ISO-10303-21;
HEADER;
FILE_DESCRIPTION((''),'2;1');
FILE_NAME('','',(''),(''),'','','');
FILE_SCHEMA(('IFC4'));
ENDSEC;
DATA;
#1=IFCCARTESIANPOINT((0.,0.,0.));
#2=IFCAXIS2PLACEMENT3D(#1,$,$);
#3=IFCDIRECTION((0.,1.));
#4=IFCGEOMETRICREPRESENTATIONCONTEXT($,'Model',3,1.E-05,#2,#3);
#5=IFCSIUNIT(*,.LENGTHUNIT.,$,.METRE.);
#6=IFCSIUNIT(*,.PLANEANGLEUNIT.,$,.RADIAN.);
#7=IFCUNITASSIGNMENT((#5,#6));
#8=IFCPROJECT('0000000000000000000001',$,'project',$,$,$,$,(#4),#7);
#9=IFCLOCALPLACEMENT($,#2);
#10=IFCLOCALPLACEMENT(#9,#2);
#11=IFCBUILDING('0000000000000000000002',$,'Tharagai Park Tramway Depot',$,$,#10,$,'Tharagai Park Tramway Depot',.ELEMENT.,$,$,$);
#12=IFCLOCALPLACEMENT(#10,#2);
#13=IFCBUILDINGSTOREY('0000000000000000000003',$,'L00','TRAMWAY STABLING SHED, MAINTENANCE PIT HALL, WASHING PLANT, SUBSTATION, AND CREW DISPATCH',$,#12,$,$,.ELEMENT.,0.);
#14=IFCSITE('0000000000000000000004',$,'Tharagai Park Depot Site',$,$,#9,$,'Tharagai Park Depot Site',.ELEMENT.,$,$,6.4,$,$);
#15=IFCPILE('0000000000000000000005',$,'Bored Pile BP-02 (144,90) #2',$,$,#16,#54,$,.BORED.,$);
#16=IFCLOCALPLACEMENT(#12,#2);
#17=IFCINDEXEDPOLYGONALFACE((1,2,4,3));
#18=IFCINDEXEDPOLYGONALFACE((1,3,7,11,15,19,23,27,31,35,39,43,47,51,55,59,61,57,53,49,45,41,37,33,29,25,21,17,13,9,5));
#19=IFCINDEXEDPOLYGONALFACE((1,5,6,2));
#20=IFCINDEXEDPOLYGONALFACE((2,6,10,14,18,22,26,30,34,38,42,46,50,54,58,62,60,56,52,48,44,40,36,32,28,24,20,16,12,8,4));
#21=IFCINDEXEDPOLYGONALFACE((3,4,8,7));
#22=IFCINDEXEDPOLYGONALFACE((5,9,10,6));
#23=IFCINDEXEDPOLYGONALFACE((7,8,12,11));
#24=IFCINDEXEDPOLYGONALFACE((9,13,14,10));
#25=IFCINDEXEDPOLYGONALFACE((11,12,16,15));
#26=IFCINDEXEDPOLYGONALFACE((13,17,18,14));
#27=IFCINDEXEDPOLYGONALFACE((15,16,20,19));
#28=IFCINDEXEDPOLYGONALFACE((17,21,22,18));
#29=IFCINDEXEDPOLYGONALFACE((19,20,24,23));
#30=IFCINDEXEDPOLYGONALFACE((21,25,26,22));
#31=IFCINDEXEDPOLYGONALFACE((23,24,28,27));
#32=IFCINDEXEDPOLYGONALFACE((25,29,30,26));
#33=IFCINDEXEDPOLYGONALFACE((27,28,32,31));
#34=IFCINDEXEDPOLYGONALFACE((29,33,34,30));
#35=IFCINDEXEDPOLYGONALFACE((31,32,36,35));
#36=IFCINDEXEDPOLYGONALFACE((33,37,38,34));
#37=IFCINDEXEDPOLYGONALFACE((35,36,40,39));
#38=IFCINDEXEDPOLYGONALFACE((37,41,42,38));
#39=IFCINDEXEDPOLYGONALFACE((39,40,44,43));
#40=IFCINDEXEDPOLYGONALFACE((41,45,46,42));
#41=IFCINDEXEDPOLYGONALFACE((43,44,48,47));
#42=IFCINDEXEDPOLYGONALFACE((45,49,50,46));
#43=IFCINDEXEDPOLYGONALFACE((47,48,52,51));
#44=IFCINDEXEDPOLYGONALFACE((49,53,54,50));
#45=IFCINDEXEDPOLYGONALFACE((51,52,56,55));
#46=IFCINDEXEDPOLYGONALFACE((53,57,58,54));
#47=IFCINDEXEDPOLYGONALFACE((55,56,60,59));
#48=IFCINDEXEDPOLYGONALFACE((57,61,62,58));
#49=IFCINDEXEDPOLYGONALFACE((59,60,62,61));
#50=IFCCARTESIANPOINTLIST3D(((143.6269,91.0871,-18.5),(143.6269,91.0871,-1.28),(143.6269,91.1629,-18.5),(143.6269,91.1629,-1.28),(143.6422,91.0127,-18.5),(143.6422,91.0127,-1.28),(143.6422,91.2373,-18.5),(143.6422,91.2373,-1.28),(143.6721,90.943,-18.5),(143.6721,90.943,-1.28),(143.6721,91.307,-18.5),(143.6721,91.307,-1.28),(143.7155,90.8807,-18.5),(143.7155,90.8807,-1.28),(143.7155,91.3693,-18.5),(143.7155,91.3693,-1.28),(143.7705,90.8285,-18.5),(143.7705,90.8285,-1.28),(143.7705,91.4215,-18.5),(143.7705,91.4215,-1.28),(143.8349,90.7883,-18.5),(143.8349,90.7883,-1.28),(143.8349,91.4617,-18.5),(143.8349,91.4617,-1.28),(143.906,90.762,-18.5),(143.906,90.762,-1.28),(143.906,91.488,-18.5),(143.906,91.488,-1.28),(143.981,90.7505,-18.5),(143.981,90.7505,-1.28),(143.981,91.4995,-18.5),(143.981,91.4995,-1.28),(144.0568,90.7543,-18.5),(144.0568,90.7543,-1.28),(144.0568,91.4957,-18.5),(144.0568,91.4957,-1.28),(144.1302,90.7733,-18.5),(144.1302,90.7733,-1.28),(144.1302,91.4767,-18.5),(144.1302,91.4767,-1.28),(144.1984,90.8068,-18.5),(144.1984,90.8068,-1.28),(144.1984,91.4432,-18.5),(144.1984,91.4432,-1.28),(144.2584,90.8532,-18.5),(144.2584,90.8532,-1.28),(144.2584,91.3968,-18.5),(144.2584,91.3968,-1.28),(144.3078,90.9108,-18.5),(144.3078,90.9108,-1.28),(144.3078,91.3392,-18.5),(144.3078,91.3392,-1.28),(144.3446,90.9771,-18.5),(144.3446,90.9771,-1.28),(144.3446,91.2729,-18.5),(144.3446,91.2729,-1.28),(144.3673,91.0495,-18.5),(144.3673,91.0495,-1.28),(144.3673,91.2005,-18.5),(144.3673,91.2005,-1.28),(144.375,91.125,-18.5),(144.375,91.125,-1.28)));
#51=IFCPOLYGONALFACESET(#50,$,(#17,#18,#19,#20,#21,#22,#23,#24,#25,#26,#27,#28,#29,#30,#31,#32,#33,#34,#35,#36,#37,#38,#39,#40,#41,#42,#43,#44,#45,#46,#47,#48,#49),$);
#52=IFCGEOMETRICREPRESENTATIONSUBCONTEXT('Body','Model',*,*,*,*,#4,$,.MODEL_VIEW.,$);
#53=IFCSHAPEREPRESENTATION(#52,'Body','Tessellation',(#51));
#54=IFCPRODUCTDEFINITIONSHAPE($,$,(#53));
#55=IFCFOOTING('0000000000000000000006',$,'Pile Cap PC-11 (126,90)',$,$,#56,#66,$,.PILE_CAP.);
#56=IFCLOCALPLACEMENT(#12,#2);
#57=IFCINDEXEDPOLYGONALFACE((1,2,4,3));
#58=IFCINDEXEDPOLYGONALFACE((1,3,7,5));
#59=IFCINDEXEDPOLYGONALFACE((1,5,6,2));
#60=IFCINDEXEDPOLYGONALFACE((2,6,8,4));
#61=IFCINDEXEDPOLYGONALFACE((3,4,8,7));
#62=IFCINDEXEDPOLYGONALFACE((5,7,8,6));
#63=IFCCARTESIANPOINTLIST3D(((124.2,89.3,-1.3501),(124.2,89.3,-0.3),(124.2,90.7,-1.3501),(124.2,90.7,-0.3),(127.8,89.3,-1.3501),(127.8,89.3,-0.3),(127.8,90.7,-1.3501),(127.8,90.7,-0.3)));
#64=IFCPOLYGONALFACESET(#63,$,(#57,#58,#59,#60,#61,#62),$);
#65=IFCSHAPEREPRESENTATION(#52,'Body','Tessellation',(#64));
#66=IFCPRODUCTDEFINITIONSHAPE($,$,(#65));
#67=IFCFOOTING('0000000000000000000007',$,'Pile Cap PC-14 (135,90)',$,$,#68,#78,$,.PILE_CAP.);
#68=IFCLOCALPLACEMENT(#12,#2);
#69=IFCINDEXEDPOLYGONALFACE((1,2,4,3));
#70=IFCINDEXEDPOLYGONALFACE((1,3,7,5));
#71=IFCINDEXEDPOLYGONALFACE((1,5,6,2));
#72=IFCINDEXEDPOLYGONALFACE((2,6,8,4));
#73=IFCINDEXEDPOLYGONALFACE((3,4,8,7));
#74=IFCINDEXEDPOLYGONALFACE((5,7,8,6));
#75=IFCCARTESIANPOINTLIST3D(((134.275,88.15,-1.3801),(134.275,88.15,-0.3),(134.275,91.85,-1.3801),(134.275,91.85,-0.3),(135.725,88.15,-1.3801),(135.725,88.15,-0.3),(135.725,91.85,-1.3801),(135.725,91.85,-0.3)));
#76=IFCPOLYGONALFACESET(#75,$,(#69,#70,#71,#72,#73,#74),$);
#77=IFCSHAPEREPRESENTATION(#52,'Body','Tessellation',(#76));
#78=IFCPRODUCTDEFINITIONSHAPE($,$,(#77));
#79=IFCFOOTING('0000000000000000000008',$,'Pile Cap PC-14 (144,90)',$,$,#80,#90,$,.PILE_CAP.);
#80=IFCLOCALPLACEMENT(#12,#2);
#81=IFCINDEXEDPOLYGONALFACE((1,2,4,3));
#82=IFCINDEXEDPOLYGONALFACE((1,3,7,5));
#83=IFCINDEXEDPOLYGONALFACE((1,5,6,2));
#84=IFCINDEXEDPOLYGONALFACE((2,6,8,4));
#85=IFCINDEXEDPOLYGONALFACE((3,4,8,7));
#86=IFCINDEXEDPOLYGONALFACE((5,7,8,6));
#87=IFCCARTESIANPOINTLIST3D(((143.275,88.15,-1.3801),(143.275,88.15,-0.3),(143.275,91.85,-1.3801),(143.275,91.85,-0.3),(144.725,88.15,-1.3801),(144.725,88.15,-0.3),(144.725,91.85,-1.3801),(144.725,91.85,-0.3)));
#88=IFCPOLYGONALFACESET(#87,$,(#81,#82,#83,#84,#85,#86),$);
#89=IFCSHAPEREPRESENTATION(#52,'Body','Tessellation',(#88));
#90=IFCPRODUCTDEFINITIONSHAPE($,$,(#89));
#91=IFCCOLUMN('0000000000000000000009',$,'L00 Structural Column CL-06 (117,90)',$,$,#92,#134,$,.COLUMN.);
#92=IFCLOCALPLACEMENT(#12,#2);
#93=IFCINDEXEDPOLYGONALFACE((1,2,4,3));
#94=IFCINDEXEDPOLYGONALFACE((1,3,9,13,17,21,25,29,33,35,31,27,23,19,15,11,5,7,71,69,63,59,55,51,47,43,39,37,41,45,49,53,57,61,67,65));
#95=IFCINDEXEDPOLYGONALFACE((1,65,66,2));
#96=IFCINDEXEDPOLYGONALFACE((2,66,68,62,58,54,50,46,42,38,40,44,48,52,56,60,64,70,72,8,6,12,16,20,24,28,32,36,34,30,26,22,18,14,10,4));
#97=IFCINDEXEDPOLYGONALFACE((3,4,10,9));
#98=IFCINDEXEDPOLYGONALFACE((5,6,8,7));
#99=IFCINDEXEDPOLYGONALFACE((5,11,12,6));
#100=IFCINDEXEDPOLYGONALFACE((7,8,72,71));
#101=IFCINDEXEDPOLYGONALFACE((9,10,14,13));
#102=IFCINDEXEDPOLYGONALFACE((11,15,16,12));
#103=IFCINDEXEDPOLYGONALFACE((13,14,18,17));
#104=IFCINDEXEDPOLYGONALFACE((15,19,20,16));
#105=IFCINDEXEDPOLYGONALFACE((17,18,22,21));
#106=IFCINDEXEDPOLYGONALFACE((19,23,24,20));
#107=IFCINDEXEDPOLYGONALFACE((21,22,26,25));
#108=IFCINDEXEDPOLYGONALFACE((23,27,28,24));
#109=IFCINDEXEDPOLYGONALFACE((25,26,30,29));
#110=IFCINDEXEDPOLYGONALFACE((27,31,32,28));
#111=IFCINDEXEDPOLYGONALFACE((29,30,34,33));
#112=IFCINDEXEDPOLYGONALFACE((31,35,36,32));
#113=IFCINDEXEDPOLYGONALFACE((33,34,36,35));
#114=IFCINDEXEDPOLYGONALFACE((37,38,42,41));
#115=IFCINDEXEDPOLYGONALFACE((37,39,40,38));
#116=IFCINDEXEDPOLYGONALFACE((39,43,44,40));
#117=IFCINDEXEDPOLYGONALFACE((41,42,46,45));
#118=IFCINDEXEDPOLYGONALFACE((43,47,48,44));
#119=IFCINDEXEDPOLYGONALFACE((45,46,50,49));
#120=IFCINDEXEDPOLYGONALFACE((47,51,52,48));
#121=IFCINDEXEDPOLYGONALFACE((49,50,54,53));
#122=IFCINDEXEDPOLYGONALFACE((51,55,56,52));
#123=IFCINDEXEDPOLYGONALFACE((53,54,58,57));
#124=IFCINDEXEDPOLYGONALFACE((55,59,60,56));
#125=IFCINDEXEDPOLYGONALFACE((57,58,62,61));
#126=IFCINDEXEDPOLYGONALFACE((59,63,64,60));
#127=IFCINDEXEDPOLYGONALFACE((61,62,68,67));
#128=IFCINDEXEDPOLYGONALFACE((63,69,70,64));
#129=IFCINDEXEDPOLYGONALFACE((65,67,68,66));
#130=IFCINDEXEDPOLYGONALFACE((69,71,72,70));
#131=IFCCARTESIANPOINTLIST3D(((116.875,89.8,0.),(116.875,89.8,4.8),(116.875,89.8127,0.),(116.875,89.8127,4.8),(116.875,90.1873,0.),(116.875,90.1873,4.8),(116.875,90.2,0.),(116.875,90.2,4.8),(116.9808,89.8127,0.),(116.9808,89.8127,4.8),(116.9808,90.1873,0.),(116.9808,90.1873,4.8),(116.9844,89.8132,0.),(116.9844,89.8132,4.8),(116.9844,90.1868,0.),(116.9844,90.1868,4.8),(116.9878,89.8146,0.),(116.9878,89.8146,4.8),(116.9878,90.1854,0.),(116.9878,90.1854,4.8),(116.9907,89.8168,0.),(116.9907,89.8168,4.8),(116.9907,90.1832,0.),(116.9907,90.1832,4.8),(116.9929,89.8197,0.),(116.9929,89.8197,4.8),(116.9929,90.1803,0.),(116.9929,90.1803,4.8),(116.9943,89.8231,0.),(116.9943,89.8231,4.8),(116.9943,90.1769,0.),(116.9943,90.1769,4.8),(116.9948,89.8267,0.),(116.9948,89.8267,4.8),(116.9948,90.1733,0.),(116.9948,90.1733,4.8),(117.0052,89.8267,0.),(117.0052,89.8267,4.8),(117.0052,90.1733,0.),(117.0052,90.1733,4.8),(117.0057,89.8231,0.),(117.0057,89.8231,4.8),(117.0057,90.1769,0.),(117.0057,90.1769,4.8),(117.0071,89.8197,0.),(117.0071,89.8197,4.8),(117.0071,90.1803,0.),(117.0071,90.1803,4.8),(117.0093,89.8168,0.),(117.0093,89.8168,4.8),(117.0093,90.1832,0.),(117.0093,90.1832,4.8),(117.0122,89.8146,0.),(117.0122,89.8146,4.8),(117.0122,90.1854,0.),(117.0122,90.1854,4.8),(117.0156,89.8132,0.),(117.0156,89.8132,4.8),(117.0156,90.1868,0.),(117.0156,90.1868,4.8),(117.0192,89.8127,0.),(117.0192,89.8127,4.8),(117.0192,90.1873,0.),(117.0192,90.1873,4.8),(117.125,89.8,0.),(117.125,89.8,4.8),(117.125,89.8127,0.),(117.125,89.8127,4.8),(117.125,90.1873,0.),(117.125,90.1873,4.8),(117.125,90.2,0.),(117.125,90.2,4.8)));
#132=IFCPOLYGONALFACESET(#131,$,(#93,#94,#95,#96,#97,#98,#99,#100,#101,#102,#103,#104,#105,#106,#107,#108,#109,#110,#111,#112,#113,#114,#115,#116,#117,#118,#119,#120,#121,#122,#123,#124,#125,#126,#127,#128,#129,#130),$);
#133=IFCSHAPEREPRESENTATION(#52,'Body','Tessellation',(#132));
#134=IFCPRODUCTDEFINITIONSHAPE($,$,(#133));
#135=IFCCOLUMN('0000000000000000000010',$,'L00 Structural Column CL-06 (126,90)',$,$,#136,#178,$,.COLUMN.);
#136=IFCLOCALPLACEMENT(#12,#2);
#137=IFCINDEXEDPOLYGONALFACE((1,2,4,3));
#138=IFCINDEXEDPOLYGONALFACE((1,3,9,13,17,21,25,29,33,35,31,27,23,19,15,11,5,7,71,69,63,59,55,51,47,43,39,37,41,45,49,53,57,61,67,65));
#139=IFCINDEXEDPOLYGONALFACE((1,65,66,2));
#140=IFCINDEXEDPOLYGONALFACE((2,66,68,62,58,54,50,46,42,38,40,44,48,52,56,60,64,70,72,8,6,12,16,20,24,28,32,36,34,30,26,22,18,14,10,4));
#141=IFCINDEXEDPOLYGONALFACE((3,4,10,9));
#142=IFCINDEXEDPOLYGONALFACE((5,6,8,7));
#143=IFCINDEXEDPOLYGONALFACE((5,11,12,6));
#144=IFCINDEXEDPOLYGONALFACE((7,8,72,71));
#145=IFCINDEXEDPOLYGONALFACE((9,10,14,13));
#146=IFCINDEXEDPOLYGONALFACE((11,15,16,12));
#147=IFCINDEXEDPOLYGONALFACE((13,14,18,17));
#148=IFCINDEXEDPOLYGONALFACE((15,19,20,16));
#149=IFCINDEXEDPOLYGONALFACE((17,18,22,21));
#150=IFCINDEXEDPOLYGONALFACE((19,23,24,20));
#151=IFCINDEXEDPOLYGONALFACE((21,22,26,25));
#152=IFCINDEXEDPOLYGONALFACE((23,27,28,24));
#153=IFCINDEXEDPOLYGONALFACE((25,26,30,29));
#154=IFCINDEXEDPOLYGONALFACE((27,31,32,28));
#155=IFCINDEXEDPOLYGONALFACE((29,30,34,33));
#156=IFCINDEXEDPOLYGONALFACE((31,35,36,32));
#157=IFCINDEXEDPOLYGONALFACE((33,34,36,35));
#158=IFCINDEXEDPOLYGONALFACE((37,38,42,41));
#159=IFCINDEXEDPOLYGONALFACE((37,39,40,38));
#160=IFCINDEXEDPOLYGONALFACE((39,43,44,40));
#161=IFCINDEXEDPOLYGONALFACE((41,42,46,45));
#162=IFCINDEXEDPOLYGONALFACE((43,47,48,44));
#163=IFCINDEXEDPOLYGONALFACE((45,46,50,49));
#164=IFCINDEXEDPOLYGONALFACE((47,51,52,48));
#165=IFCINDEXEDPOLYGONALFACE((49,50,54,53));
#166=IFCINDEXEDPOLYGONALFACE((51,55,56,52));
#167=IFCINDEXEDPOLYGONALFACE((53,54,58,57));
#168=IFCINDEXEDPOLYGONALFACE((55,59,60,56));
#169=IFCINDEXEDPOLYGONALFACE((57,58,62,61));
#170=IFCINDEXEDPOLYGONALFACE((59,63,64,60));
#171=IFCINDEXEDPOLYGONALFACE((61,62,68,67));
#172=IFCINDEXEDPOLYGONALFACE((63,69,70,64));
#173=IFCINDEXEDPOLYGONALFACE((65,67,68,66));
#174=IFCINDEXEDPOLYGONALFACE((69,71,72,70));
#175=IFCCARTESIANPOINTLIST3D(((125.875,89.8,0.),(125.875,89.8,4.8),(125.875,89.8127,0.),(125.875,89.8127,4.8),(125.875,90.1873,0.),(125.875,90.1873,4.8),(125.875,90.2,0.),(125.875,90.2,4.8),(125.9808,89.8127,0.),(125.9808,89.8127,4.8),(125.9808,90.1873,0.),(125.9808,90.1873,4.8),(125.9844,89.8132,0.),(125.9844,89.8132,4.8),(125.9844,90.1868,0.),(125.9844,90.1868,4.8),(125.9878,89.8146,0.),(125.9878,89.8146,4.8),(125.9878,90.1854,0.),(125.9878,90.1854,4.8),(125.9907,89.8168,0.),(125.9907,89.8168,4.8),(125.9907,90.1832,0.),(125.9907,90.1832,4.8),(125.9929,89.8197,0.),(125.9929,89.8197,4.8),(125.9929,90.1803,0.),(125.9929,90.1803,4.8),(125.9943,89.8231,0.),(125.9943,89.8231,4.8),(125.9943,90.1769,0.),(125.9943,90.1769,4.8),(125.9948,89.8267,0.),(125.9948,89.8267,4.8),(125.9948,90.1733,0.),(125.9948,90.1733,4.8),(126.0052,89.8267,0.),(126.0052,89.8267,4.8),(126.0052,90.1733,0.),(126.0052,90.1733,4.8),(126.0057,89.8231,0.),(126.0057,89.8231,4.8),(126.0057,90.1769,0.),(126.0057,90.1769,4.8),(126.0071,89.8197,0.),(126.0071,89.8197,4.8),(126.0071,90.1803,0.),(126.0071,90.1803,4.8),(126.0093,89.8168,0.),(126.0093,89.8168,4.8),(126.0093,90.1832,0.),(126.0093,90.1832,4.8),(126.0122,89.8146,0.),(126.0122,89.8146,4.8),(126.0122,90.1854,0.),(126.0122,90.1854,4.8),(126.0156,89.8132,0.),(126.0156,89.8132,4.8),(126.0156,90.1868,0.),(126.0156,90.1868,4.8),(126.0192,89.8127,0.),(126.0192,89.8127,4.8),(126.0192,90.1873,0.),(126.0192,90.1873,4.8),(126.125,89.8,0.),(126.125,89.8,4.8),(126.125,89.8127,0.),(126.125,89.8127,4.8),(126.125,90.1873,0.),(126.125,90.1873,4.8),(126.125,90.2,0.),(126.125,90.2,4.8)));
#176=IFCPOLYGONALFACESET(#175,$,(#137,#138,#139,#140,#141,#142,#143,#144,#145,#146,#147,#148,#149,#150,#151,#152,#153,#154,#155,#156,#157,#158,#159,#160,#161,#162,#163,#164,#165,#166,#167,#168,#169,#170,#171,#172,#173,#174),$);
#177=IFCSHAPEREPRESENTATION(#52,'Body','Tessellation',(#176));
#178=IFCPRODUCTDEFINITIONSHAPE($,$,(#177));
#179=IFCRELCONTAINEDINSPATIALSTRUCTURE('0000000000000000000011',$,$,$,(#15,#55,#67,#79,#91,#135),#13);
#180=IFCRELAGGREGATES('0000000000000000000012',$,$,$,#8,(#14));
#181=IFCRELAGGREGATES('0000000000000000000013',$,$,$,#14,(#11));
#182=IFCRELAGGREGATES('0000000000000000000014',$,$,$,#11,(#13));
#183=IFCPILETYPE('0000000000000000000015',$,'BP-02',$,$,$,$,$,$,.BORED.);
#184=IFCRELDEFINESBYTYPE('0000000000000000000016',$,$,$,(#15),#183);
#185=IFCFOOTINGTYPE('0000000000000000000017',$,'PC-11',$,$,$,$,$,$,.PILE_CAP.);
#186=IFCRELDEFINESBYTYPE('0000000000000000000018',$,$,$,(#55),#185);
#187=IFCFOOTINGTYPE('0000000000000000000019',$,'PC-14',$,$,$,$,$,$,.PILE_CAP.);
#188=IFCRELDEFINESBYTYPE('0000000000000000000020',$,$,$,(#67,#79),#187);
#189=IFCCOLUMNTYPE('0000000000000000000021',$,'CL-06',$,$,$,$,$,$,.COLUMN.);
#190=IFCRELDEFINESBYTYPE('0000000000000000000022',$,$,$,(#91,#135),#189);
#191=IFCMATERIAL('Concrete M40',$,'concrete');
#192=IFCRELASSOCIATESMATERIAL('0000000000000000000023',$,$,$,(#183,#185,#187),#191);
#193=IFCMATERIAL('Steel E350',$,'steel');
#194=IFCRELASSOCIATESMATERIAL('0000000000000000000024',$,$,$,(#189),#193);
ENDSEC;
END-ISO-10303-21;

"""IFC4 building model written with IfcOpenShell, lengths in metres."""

from ifc_helpers import new_model, si_unit, direction, frame, origin, origin_2d, place, context, subcontext, project, spatial, rectangle, circle, i_section, extrude, material, material_profile, profile_set, type_object, element, save


model = new_model("IFC4")

# Units and contexts
model_context = context("Model", 3, precision=1e-05, world=origin(), true_north=direction((0.0, 1.0)))
body_context = subcontext(model_context, "Body", "Model", "MODEL_VIEW")
ifc_project = project(units=[si_unit("LENGTHUNIT", "METRE"), si_unit("PLANEANGLEUNIT", "RADIAN")], contexts=[model_context])

# Site, building, storey
site_placement = place(None, origin())
site = spatial("IfcSite", under=ifc_project, at=site_placement, Name="Tharagai Park Depot Site", LongName="Tharagai Park Depot Site", CompositionType="ELEMENT", RefElevation=6.4)
building_placement = place(site_placement, origin())
building = spatial("IfcBuilding", under=site, at=building_placement, Name="Tharagai Park Tramway Depot", LongName="Tharagai Park Tramway Depot", CompositionType="ELEMENT")
storey_placement = place(building_placement, origin())
storey = spatial("IfcBuildingStorey", under=building, at=storey_placement, Name="L00", Description="TRAMWAY STABLING SHED, MAINTENANCE PIT HALL, WASHING PLANT, SUBSTATION, AND CREW DISPATCH", CompositionType="ELEMENT", Elevation=0.0)

# Pile
ifc_material_1 = material(Name="Concrete M40", Category="concrete")
ifc_material_profile_1 = material_profile(ifc_material_1, circle(Radius=0.375, at=origin_2d()), Name="PILE D750")
ifc_profile_set_1 = profile_set([ifc_material_profile_1], Name="Concrete M40")
pile_type = type_object("IfcPileType", Name="BP-02", PredefinedType="BORED", material=ifc_profile_set_1)
for number, where, z_axis, x_axis, name in (
    (1, (144.0, 91.125, -1.28), (0.0, 0.0, -1.0), (1.0, 0.0, 0.0), "Bored Pile BP-02 (144,90) #2"),
):
    element("IfcPile", number, at=place(storey_placement, frame(where, z_axis=z_axis, x_axis=x_axis)), inside=storey, type_object=pile_type, Name=name, PredefinedType="BORED", context=body_context, shape_type="SweptSolid", body=[
        extrude(circle(Radius=0.375, at=origin_2d()), origin(), (0.0, 0.0, 1.0), 17.22),
    ])

# Footings
footing_type_1 = type_object("IfcFootingType", Name="PC-11", PredefinedType="PILE_CAP", material=ifc_material_1)
footing_placement = place(storey_placement, frame((126.0, 90.0, -1.3501), z_axis=(0.0, 0.0, 1.0), x_axis=(1.0, 0.0, 0.0)))
element("IfcFooting", 2, at=footing_placement, inside=storey, type_object=footing_type_1, Name="Pile Cap PC-11 (126,90)", PredefinedType="PILE_CAP", context=body_context, shape_type="SweptSolid", body=[
    extrude(rectangle(XDim=3.6001, YDim=1.3999, at=origin_2d()), origin(), (0.0, 0.0, 1.0), 1.05),
])
footing_type_2 = type_object("IfcFootingType", Name="PC-14", PredefinedType="PILE_CAP", material=ifc_material_1)
for number, where, z_axis, x_axis, name in (
    (3, (135.0, 90.0, -1.3801), (0.0, 0.0, 1.0), (1.0, 0.0, 0.0), "Pile Cap PC-14 (135,90)"),
    (4, (144.0, 90.0, -1.3801), (0.0, 0.0, 1.0), (1.0, 0.0, 0.0), "Pile Cap PC-14 (144,90)"),
):
    element("IfcFooting", number, at=place(storey_placement, frame(where, z_axis=z_axis, x_axis=x_axis)), inside=storey, type_object=footing_type_2, Name=name, PredefinedType="PILE_CAP", context=body_context, shape_type="SweptSolid", body=[
        extrude(rectangle(XDim=1.45, YDim=3.7, at=origin_2d()), origin(), (0.0, 0.0, 1.0), 1.0801),
    ])

# Columns
ifc_material_2 = material(Name="Steel E350", Category="steel")
ifc_material_profile_2 = material_profile(ifc_material_2, i_section(OverallWidth=0.25, OverallDepth=0.3999, WebThickness=0.0105, FlangeThickness=0.0127, FilletRadius=0.0139, at=origin_2d()), Name="ISHB 400")
ifc_profile_set_2 = profile_set([ifc_material_profile_2], Name="Steel E350")
column_type = type_object("IfcColumnType", Name="CL-06", PredefinedType="COLUMN", material=ifc_profile_set_2)
for number, where, z_axis, x_axis, name in (
    (5, (117.0, 90.0, 0.0), (0.0, 0.0, 1.0), (1.0, 0.0, 0.0), "L00 Structural Column CL-06 (117,90)"),
    (6, (126.0, 90.0, 0.0), (0.0, 0.0, 1.0), (1.0, 0.0, 0.0), "L00 Structural Column CL-06 (126,90)"),
):
    element("IfcColumn", number, at=place(storey_placement, frame(where, z_axis=z_axis, x_axis=x_axis)), inside=storey, type_object=column_type, Name=name, PredefinedType="COLUMN", context=body_context, shape_type="SweptSolid", body=[
        extrude(i_section(OverallWidth=0.25, OverallDepth=0.3999, WebThickness=0.0105, FlangeThickness=0.0127, FilletRadius=0.0139, at=origin_2d()), origin(), (0.0, 0.0, 1.0), 4.8),
    ])

save(model, "model.ifc")
